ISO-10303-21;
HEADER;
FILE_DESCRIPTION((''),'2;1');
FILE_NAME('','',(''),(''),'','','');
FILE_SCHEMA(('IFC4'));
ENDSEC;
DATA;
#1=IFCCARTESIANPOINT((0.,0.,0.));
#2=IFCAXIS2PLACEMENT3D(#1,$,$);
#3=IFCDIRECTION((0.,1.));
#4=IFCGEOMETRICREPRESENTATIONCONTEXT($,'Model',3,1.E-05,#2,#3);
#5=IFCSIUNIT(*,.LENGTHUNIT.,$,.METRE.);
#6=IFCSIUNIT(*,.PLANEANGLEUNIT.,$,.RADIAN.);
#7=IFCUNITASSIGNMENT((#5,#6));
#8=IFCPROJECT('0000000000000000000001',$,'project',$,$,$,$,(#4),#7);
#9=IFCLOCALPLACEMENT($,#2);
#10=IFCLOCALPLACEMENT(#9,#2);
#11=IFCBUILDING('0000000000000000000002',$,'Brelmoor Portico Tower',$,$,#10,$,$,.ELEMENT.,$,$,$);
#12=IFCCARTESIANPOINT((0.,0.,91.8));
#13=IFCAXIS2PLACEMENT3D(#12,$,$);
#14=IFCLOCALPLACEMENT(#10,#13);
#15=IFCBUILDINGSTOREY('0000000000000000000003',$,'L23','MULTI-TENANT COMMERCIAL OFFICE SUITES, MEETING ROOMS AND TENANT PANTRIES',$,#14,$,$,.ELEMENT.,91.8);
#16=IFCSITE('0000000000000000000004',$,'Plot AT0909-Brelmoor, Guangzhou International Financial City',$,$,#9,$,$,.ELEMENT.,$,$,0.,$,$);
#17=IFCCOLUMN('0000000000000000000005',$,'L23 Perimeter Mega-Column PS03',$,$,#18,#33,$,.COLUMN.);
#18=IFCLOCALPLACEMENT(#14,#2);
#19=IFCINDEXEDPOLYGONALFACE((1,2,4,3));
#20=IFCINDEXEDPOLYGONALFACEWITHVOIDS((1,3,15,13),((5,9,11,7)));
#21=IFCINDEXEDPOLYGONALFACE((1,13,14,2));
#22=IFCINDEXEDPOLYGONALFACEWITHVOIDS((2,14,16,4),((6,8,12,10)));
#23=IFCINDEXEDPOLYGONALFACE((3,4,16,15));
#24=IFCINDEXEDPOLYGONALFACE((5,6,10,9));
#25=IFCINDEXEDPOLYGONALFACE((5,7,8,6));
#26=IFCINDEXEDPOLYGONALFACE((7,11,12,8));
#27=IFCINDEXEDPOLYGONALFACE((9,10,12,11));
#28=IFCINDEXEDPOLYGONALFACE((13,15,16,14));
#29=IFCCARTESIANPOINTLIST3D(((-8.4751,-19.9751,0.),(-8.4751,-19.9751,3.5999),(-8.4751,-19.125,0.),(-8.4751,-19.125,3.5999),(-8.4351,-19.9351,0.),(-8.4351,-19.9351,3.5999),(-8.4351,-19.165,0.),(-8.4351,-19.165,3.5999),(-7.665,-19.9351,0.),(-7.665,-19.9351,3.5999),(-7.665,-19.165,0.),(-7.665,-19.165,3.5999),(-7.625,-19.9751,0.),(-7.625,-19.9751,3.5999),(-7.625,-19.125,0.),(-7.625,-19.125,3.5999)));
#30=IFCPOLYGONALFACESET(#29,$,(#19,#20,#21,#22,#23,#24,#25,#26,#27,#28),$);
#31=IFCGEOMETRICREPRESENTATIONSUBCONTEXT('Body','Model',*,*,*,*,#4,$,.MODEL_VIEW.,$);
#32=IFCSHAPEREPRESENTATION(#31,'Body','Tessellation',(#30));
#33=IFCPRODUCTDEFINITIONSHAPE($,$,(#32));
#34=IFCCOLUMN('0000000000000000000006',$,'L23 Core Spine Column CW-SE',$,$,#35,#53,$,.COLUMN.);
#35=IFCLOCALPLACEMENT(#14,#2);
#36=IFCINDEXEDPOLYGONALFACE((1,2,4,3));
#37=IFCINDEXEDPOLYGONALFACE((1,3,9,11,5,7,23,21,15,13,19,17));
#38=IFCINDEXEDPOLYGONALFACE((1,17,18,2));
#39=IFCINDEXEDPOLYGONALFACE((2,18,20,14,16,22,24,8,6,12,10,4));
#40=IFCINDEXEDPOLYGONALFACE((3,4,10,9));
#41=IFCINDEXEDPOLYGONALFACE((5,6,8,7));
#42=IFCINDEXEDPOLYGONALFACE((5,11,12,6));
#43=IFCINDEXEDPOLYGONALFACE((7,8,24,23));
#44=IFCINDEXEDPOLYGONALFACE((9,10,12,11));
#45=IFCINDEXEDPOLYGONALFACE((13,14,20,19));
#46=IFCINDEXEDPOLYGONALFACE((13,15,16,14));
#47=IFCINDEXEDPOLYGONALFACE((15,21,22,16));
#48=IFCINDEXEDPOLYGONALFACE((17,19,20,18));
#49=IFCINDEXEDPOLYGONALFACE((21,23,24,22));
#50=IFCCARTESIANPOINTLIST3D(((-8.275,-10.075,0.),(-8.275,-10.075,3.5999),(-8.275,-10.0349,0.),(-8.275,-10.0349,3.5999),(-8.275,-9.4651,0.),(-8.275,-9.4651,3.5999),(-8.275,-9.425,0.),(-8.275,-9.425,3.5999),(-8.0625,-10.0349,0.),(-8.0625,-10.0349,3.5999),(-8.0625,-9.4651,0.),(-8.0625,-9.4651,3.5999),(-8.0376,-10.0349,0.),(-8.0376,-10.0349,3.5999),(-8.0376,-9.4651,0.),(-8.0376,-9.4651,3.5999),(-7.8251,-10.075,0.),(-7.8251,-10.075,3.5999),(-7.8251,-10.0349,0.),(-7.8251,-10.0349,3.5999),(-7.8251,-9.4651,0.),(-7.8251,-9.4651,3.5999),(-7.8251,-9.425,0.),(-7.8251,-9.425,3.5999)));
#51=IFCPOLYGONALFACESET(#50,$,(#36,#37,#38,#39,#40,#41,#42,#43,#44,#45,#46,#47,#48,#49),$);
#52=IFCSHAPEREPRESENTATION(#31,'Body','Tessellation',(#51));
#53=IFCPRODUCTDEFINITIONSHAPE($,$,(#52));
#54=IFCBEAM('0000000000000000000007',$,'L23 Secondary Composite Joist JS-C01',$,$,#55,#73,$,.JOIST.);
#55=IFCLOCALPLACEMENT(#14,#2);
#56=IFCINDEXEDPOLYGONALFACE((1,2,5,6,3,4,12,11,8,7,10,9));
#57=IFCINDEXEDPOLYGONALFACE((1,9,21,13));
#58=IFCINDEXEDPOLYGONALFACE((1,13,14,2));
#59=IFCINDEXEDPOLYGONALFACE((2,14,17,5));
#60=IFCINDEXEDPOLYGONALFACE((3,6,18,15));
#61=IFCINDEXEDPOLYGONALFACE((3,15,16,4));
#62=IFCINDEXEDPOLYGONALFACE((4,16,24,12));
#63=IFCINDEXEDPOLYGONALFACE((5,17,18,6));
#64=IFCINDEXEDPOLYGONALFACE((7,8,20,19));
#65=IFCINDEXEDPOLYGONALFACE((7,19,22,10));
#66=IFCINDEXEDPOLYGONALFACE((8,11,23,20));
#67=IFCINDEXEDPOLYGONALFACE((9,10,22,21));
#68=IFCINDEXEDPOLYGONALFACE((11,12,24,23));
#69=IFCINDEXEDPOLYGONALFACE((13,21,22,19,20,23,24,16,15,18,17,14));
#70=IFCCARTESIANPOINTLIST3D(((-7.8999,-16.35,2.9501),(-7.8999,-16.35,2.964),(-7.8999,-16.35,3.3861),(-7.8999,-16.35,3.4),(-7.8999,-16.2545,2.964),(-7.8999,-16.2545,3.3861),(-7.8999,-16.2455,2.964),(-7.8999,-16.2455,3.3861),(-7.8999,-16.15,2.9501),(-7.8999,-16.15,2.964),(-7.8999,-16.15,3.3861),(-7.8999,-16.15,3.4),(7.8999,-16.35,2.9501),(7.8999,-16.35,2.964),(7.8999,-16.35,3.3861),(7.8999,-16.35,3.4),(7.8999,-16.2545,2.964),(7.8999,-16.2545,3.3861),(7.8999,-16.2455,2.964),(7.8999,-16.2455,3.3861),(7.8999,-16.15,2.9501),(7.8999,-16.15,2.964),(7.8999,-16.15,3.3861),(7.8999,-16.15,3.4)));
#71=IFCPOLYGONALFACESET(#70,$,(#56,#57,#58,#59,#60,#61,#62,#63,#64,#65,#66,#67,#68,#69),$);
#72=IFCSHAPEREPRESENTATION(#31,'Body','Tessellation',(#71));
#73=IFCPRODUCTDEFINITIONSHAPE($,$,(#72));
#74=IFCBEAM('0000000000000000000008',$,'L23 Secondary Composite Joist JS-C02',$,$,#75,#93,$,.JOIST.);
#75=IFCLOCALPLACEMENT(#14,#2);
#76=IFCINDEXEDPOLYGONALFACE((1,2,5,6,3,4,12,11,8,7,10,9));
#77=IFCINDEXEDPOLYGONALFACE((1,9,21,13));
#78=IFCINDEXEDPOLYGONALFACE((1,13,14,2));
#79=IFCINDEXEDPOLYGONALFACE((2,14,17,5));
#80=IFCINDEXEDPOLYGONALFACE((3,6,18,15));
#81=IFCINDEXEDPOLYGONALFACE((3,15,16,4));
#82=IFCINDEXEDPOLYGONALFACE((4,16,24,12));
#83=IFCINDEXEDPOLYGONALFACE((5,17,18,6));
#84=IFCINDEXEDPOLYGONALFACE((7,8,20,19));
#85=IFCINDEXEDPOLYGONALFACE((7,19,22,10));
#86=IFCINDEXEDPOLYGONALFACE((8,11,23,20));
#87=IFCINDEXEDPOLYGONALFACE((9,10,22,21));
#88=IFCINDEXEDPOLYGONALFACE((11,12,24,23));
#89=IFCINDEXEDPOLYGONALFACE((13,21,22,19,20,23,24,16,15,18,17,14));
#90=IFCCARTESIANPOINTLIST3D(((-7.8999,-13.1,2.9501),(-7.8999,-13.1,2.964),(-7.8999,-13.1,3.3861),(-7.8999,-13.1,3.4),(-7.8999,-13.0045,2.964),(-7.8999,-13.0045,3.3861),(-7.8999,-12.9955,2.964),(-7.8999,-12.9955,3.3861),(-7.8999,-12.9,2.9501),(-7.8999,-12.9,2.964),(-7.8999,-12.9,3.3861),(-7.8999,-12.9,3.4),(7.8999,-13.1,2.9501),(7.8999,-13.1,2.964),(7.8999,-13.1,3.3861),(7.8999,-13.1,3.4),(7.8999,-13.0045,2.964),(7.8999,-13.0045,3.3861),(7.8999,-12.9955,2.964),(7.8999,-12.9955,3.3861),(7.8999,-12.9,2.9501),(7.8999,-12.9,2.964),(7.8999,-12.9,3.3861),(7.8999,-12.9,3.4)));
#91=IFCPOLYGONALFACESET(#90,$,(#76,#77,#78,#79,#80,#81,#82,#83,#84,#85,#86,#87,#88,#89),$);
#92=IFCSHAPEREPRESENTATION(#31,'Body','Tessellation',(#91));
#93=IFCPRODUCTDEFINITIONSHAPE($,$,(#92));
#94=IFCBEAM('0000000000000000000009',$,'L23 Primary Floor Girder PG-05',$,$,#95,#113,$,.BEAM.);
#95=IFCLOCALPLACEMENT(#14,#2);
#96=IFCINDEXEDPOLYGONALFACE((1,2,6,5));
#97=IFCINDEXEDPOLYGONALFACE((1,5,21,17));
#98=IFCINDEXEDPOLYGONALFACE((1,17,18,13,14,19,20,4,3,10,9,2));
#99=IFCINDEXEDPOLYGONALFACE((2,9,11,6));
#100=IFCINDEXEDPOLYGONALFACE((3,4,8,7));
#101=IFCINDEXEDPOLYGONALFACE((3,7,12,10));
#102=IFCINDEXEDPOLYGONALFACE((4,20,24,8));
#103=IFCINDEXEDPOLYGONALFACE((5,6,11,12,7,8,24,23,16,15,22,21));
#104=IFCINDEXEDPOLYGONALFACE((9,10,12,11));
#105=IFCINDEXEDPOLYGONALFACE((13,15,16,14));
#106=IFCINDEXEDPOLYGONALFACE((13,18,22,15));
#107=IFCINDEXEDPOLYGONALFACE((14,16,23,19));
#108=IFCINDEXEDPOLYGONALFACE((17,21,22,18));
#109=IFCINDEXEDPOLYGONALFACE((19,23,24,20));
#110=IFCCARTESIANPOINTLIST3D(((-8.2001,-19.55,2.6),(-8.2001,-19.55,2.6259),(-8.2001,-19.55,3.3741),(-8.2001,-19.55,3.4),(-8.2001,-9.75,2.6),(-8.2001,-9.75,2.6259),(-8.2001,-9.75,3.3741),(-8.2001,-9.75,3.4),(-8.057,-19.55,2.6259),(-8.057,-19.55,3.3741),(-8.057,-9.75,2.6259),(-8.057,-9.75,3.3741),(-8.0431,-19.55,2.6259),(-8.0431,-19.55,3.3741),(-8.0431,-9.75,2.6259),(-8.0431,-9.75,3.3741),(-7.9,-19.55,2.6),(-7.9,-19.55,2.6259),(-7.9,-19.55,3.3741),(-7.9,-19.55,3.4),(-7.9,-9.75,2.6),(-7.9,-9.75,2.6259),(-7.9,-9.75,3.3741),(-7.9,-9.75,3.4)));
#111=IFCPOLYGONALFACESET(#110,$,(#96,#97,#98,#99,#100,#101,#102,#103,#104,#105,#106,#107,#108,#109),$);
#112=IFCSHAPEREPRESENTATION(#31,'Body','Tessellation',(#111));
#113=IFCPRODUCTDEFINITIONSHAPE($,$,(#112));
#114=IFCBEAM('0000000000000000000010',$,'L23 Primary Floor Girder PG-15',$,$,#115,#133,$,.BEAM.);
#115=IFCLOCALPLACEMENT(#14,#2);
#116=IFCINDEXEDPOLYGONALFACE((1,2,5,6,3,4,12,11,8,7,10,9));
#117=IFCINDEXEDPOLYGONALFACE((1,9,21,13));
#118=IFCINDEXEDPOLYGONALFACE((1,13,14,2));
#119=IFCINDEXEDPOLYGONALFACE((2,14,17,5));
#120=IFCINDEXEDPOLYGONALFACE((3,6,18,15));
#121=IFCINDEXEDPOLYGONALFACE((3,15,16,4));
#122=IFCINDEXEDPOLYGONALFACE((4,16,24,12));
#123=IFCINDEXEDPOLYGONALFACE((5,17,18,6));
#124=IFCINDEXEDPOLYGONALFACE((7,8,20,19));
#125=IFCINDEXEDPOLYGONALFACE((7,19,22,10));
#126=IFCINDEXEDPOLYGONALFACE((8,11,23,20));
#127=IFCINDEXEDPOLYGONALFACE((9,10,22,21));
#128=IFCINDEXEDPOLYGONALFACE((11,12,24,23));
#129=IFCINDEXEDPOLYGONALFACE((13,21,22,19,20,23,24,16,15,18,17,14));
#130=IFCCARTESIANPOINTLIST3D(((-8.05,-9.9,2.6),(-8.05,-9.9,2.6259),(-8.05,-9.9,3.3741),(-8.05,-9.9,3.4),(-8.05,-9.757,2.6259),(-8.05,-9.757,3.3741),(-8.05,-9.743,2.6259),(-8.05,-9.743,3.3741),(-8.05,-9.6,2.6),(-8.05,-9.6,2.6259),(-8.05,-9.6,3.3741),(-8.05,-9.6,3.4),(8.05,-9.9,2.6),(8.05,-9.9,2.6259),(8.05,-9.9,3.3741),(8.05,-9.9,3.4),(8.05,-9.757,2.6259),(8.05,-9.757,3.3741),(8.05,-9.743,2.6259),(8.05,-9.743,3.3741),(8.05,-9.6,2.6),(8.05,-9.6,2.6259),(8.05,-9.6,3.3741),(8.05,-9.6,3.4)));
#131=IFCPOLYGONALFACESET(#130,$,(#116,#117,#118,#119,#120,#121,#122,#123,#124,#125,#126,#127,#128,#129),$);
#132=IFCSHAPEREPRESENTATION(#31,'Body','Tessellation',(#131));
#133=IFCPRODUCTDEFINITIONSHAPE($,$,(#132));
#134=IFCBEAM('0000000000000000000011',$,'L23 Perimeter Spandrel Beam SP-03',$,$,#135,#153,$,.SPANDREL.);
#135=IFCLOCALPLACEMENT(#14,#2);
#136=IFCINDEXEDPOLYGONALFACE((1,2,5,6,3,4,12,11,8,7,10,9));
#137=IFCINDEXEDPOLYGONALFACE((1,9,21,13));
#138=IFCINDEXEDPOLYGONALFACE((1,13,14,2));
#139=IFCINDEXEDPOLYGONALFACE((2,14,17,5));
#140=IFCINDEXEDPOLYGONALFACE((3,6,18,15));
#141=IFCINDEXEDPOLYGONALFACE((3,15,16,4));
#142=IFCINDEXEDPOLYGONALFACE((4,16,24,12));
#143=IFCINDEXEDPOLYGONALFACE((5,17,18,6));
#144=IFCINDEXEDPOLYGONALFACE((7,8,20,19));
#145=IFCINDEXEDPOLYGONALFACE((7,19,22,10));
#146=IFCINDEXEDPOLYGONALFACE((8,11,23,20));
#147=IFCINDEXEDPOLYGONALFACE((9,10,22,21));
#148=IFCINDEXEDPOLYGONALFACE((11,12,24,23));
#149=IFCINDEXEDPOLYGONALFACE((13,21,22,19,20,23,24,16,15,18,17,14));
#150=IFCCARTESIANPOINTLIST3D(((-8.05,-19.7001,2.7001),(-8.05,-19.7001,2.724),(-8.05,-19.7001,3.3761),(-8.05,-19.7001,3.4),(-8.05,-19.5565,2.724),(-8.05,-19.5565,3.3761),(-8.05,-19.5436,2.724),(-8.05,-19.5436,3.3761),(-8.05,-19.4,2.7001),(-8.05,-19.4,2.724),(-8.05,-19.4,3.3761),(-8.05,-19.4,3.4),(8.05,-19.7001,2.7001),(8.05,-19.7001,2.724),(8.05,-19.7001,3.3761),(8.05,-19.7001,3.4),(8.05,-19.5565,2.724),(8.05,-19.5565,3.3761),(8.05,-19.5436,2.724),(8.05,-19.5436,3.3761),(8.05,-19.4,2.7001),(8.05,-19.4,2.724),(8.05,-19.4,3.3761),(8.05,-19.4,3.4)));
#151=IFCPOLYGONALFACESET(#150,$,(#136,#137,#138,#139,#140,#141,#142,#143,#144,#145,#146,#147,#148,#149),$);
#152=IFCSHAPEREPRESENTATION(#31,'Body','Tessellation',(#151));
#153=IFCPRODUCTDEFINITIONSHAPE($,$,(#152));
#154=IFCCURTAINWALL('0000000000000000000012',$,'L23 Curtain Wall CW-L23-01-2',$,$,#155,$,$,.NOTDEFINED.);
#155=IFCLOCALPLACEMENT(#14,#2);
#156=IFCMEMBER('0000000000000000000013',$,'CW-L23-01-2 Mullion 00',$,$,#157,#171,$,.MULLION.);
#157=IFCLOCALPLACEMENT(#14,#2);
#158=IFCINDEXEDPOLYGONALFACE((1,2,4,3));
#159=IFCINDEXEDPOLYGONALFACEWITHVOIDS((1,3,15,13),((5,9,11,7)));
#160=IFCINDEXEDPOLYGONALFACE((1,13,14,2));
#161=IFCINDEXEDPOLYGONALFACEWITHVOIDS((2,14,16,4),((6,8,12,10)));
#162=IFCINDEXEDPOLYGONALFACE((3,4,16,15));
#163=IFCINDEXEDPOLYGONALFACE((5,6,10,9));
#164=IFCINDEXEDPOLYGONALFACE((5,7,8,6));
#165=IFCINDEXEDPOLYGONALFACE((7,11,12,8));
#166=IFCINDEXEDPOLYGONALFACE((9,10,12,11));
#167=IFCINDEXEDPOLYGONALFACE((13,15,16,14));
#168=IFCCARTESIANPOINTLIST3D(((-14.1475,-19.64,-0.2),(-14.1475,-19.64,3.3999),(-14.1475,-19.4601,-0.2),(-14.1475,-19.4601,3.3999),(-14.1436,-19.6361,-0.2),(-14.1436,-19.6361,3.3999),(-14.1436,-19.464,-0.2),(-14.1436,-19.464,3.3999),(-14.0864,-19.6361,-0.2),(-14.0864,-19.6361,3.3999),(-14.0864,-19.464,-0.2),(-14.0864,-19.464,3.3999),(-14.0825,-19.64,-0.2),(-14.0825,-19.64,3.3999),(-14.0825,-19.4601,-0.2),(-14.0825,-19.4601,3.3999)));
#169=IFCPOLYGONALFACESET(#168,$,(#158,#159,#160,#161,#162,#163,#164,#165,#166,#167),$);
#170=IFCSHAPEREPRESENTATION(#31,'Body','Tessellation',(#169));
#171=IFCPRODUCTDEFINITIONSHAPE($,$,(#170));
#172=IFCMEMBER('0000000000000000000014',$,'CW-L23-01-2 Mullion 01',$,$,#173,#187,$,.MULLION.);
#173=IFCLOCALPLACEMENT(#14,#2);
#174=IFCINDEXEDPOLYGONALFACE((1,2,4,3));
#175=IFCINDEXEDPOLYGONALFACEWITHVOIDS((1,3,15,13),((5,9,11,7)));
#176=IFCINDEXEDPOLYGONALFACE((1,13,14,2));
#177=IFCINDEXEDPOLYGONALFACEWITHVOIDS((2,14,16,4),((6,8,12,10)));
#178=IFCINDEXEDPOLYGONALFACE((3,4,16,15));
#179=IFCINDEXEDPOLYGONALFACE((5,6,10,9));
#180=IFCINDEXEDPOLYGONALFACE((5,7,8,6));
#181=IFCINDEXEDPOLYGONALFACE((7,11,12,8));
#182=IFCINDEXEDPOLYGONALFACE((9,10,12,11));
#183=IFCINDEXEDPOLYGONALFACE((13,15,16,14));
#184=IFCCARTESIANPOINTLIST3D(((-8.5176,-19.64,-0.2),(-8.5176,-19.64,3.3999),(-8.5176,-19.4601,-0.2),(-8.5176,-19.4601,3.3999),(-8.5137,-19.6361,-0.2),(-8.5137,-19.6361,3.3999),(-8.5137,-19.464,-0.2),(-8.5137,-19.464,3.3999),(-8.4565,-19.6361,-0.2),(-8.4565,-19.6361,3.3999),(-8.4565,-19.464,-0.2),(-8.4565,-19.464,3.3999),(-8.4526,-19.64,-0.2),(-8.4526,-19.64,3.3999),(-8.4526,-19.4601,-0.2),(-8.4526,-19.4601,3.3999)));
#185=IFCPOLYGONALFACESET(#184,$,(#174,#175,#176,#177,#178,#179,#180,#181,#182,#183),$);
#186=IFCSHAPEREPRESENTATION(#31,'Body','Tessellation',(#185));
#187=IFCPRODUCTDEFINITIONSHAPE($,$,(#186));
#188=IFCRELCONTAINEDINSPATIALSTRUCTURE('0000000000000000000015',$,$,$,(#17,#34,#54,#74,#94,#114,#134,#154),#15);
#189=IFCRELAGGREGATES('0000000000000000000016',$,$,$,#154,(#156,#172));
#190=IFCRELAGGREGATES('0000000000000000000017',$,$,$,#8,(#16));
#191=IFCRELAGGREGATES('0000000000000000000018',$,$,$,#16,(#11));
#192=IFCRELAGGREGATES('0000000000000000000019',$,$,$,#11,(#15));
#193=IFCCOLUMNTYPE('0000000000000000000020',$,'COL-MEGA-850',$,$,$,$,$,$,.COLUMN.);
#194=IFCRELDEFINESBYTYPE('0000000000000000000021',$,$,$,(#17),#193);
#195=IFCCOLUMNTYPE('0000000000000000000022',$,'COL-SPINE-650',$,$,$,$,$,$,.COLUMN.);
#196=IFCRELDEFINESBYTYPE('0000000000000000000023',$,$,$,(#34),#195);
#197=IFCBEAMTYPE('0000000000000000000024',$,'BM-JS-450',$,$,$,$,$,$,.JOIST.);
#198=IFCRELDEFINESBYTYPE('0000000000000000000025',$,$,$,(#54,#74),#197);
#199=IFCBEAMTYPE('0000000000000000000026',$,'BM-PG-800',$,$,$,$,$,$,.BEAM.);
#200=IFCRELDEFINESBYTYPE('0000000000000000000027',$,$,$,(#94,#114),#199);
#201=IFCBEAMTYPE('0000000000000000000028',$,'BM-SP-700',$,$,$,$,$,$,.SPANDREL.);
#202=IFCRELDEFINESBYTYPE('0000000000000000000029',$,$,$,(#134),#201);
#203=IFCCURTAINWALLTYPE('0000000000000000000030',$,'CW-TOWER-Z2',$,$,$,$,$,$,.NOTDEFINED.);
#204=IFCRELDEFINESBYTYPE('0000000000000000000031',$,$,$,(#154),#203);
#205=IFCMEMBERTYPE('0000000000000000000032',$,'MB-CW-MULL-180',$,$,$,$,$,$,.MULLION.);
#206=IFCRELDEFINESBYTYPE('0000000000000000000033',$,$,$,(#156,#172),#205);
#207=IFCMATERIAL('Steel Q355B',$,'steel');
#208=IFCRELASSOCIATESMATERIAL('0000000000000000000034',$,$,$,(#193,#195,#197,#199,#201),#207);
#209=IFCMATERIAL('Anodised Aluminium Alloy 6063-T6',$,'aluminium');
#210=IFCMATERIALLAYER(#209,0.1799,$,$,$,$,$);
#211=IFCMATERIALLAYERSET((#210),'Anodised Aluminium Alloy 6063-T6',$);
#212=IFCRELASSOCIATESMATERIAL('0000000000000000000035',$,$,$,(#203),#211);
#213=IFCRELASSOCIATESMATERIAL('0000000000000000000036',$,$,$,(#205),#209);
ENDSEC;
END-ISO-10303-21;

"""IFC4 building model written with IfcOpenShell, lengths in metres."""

from ifc_helpers import new_model, si_unit, direction, frame, origin, origin_2d, place, context, subcontext, project, spatial, hollow_rectangle, i_section, extrude, material, layer, layer_set, material_profile, profile_set, type_object, element, aggregate, save


model = new_model("IFC4")

# Units and contexts
model_context = context("Model", 3, precision=1e-05, world=origin(), true_north=direction((0.0, 1.0)))
body_context = subcontext(model_context, "Body", "Model", "MODEL_VIEW")
ifc_project = project(units=[si_unit("LENGTHUNIT", "METRE"), si_unit("PLANEANGLEUNIT", "RADIAN")], contexts=[model_context])

# Site, building, storey
site_placement = place(None, origin())
site = spatial("IfcSite", under=ifc_project, at=site_placement, Name="Plot AT0909-Brelmoor, Guangzhou International Financial City", CompositionType="ELEMENT", RefElevation=0.0)
building_placement = place(site_placement, origin())
building = spatial("IfcBuilding", under=site, at=building_placement, Name="Brelmoor Portico Tower", CompositionType="ELEMENT")
storey_placement = place(building_placement, frame((0.0, 0.0, 91.8)))
storey = spatial("IfcBuildingStorey", under=building, at=storey_placement, Name="L23", Description="MULTI-TENANT COMMERCIAL OFFICE SUITES, MEETING ROOMS AND TENANT PANTRIES", CompositionType="ELEMENT", Elevation=91.8)

# Columns
ifc_material_1 = material(Name="Steel Q355B", Category="steel")
ifc_material_profile_1 = material_profile(ifc_material_1, hollow_rectangle(XDim=0.8501, YDim=0.8501, WallThickness=0.04, at=origin_2d()), Name="BOX 850x850x40")
ifc_profile_set_1 = profile_set([ifc_material_profile_1], Name="Steel Q355B")
column_type_1 = type_object("IfcColumnType", Name="COL-MEGA-850", PredefinedType="COLUMN", material=ifc_profile_set_1)
column_1_placement = place(storey_placement, frame((-8.05, -19.55, 0.0), z_axis=(0.0, 0.0, 1.0), x_axis=(1.0, 0.0, 0.0)))
element("IfcColumn", 1, at=column_1_placement, inside=storey, type_object=column_type_1, Name="L23 Perimeter Mega-Column PS03", PredefinedType="COLUMN", context=body_context, shape_type="SweptSolid", body=[
    extrude(hollow_rectangle(XDim=0.8501, YDim=0.8501, WallThickness=0.04, at=origin_2d()), origin(), (0.0, 0.0, 1.0), 3.5999),
])
ifc_material_profile_2 = material_profile(ifc_material_1, i_section(OverallWidth=0.45, OverallDepth=0.6499, WebThickness=0.0249, FlangeThickness=0.04, at=origin_2d()), Name="HW 650x450x25x40")
ifc_profile_set_2 = profile_set([ifc_material_profile_2], Name="Steel Q355B")
column_type_2 = type_object("IfcColumnType", Name="COL-SPINE-650", PredefinedType="COLUMN", material=ifc_profile_set_2)
column_2_placement = place(storey_placement, frame((-8.05, -9.75, 0.0), z_axis=(0.0, 0.0, 1.0), x_axis=(1.0, 0.0, 0.0)))
element("IfcColumn", 2, at=column_2_placement, inside=storey, type_object=column_type_2, Name="L23 Core Spine Column CW-SE", PredefinedType="COLUMN", context=body_context, shape_type="SweptSolid", body=[
    extrude(i_section(OverallWidth=0.45, OverallDepth=0.6499, WebThickness=0.0249, FlangeThickness=0.04, at=origin_2d()), origin(), (0.0, 0.0, 1.0), 3.5999),
])

# Beams
ifc_material_profile_3 = material_profile(ifc_material_1, i_section(OverallWidth=0.2, OverallDepth=0.45, WebThickness=0.009, FlangeThickness=0.0139, at=origin_2d()), Name="HN 450x200x9x14")
ifc_profile_set_3 = profile_set([ifc_material_profile_3], Name="Steel Q355B")
beam_type_1 = type_object("IfcBeamType", Name="BM-JS-450", PredefinedType="JOIST", material=ifc_profile_set_3)
for number, where, z_axis, x_axis, name in (
    (3, (-7.8999, -16.25, 3.175), (1.0, 0.0, 0.0), (0.0, 1.0, 0.0), "L23 Secondary Composite Joist JS-C01"),
    (4, (-7.8999, -13.0, 3.175), (1.0, 0.0, 0.0), (0.0, 1.0, 0.0), "L23 Secondary Composite Joist JS-C02"),
):
    element("IfcBeam", number, at=place(storey_placement, frame(where, z_axis=z_axis, x_axis=x_axis)), inside=storey, type_object=beam_type_1, Name=name, PredefinedType="JOIST", context=body_context, shape_type="SweptSolid", body=[
        extrude(i_section(OverallWidth=0.2, OverallDepth=0.45, WebThickness=0.009, FlangeThickness=0.0139, at=origin_2d()), origin(), (0.0, 0.0, 1.0), 15.7998),
    ])
ifc_material_profile_4 = material_profile(ifc_material_1, i_section(OverallWidth=0.3, OverallDepth=0.8, WebThickness=0.0139, FlangeThickness=0.0259, at=origin_2d()), Name="HN 800x300x14x26")
ifc_profile_set_4 = profile_set([ifc_material_profile_4], Name="Steel Q355B")
beam_type_2 = type_object("IfcBeamType", Name="BM-PG-800", PredefinedType="BEAM", material=ifc_profile_set_4)
beam_1_placement = place(storey_placement, frame((-8.05, -19.55, 3.0), z_axis=(0.0, 1.0, 0.0), x_axis=(-1.0, 0.0, 0.0)))
element("IfcBeam", 5, at=beam_1_placement, inside=storey, type_object=beam_type_2, Name="L23 Primary Floor Girder PG-05", PredefinedType="BEAM", context=body_context, shape_type="SweptSolid", body=[
    extrude(i_section(OverallWidth=0.3, OverallDepth=0.8, WebThickness=0.0139, FlangeThickness=0.0259, at=origin_2d()), origin(), (0.0, 0.0, 1.0), 9.8),
])
beam_2_placement = place(storey_placement, frame((-8.05, -9.75, 3.0), z_axis=(1.0, 0.0, 0.0), x_axis=(0.0, 1.0, 0.0)))
element("IfcBeam", 6, at=beam_2_placement, inside=storey, type_object=beam_type_2, Name="L23 Primary Floor Girder PG-15", PredefinedType="BEAM", context=body_context, shape_type="SweptSolid", body=[
    extrude(i_section(OverallWidth=0.3, OverallDepth=0.8, WebThickness=0.0139, FlangeThickness=0.0259, at=origin_2d()), origin(), (0.0, 0.0, 1.0), 16.1001),
])
ifc_material_profile_5 = material_profile(ifc_material_1, i_section(OverallWidth=0.3, OverallDepth=0.7, WebThickness=0.0129, FlangeThickness=0.0239, at=origin_2d()), Name="HN 700x300x13x24")
ifc_profile_set_5 = profile_set([ifc_material_profile_5], Name="Steel Q355B")
beam_type_3 = type_object("IfcBeamType", Name="BM-SP-700", PredefinedType="SPANDREL", material=ifc_profile_set_5)
beam_3_placement = place(storey_placement, frame((-8.05, -19.55, 3.05), z_axis=(1.0, 0.0, 0.0), x_axis=(0.0, 1.0, 0.0)))
element("IfcBeam", 7, at=beam_3_placement, inside=storey, type_object=beam_type_3, Name="L23 Perimeter Spandrel Beam SP-03", PredefinedType="SPANDREL", context=body_context, shape_type="SweptSolid", body=[
    extrude(i_section(OverallWidth=0.3, OverallDepth=0.7, WebThickness=0.0129, FlangeThickness=0.0239, at=origin_2d()), origin(), (0.0, 0.0, 1.0), 16.1001),
])

# Curtain wall, members
ifc_material_2 = material(Name="Anodised Aluminium Alloy 6063-T6", Category="aluminium")
ifc_layer_1 = layer(ifc_material_2, 0.1799)
ifc_layer_set_1 = layer_set([ifc_layer_1], Name="Anodised Aluminium Alloy 6063-T6")
curtain_wall_type_1 = type_object("IfcCurtainWallType", Name="CW-TOWER-Z2", PredefinedType="NOTDEFINED", material=ifc_layer_set_1)
curtain_wall_1_placement = place(storey_placement, origin())
curtain_wall_1 = element("IfcCurtainWall", 8, at=curtain_wall_1_placement, inside=storey, type_object=curtain_wall_type_1, Name="L23 Curtain Wall CW-L23-01-2", PredefinedType="NOTDEFINED")
ifc_material_profile_6 = material_profile(ifc_material_2, hollow_rectangle(XDim=0.0649, YDim=0.1799, WallThickness=0.0039, at=origin_2d()), Name="ALU MULLION 65x180")
ifc_profile_set_6 = profile_set([ifc_material_profile_6], Name="Anodised Aluminium Alloy 6063-T6")
member_type_1 = type_object("IfcMemberType", Name="MB-CW-MULL-180", PredefinedType="MULLION", material=ifc_profile_set_6)
member_1_placement = place(storey_placement, frame((-14.115, -19.55, -0.2), z_axis=(0.0, 0.0, 1.0), x_axis=(1.0, 0.0, 0.0)))
member_1 = element("IfcMember", 9, at=member_1_placement, type_object=member_type_1, Name="CW-L23-01-2 Mullion 00", PredefinedType="MULLION", context=body_context, shape_type="SweptSolid", body=[
    extrude(hollow_rectangle(XDim=0.0649, YDim=0.1799, WallThickness=0.0039, at=origin_2d()), origin(), (0.0, 0.0, 1.0), 3.5999),
])
member_2_placement = place(storey_placement, frame((-8.4851, -19.55, -0.2), z_axis=(0.0, 0.0, 1.0), x_axis=(1.0, 0.0, 0.0)))
member_2 = element("IfcMember", 10, at=member_2_placement, type_object=member_type_1, Name="CW-L23-01-2 Mullion 01", PredefinedType="MULLION", context=body_context, shape_type="SweptSolid", body=[
    extrude(hollow_rectangle(XDim=0.0649, YDim=0.1799, WallThickness=0.0039, at=origin_2d()), origin(), (0.0, 0.0, 1.0), 3.5999),
])

aggregate(curtain_wall_1, [member_1, member_2])

save(model, "model.ifc")
